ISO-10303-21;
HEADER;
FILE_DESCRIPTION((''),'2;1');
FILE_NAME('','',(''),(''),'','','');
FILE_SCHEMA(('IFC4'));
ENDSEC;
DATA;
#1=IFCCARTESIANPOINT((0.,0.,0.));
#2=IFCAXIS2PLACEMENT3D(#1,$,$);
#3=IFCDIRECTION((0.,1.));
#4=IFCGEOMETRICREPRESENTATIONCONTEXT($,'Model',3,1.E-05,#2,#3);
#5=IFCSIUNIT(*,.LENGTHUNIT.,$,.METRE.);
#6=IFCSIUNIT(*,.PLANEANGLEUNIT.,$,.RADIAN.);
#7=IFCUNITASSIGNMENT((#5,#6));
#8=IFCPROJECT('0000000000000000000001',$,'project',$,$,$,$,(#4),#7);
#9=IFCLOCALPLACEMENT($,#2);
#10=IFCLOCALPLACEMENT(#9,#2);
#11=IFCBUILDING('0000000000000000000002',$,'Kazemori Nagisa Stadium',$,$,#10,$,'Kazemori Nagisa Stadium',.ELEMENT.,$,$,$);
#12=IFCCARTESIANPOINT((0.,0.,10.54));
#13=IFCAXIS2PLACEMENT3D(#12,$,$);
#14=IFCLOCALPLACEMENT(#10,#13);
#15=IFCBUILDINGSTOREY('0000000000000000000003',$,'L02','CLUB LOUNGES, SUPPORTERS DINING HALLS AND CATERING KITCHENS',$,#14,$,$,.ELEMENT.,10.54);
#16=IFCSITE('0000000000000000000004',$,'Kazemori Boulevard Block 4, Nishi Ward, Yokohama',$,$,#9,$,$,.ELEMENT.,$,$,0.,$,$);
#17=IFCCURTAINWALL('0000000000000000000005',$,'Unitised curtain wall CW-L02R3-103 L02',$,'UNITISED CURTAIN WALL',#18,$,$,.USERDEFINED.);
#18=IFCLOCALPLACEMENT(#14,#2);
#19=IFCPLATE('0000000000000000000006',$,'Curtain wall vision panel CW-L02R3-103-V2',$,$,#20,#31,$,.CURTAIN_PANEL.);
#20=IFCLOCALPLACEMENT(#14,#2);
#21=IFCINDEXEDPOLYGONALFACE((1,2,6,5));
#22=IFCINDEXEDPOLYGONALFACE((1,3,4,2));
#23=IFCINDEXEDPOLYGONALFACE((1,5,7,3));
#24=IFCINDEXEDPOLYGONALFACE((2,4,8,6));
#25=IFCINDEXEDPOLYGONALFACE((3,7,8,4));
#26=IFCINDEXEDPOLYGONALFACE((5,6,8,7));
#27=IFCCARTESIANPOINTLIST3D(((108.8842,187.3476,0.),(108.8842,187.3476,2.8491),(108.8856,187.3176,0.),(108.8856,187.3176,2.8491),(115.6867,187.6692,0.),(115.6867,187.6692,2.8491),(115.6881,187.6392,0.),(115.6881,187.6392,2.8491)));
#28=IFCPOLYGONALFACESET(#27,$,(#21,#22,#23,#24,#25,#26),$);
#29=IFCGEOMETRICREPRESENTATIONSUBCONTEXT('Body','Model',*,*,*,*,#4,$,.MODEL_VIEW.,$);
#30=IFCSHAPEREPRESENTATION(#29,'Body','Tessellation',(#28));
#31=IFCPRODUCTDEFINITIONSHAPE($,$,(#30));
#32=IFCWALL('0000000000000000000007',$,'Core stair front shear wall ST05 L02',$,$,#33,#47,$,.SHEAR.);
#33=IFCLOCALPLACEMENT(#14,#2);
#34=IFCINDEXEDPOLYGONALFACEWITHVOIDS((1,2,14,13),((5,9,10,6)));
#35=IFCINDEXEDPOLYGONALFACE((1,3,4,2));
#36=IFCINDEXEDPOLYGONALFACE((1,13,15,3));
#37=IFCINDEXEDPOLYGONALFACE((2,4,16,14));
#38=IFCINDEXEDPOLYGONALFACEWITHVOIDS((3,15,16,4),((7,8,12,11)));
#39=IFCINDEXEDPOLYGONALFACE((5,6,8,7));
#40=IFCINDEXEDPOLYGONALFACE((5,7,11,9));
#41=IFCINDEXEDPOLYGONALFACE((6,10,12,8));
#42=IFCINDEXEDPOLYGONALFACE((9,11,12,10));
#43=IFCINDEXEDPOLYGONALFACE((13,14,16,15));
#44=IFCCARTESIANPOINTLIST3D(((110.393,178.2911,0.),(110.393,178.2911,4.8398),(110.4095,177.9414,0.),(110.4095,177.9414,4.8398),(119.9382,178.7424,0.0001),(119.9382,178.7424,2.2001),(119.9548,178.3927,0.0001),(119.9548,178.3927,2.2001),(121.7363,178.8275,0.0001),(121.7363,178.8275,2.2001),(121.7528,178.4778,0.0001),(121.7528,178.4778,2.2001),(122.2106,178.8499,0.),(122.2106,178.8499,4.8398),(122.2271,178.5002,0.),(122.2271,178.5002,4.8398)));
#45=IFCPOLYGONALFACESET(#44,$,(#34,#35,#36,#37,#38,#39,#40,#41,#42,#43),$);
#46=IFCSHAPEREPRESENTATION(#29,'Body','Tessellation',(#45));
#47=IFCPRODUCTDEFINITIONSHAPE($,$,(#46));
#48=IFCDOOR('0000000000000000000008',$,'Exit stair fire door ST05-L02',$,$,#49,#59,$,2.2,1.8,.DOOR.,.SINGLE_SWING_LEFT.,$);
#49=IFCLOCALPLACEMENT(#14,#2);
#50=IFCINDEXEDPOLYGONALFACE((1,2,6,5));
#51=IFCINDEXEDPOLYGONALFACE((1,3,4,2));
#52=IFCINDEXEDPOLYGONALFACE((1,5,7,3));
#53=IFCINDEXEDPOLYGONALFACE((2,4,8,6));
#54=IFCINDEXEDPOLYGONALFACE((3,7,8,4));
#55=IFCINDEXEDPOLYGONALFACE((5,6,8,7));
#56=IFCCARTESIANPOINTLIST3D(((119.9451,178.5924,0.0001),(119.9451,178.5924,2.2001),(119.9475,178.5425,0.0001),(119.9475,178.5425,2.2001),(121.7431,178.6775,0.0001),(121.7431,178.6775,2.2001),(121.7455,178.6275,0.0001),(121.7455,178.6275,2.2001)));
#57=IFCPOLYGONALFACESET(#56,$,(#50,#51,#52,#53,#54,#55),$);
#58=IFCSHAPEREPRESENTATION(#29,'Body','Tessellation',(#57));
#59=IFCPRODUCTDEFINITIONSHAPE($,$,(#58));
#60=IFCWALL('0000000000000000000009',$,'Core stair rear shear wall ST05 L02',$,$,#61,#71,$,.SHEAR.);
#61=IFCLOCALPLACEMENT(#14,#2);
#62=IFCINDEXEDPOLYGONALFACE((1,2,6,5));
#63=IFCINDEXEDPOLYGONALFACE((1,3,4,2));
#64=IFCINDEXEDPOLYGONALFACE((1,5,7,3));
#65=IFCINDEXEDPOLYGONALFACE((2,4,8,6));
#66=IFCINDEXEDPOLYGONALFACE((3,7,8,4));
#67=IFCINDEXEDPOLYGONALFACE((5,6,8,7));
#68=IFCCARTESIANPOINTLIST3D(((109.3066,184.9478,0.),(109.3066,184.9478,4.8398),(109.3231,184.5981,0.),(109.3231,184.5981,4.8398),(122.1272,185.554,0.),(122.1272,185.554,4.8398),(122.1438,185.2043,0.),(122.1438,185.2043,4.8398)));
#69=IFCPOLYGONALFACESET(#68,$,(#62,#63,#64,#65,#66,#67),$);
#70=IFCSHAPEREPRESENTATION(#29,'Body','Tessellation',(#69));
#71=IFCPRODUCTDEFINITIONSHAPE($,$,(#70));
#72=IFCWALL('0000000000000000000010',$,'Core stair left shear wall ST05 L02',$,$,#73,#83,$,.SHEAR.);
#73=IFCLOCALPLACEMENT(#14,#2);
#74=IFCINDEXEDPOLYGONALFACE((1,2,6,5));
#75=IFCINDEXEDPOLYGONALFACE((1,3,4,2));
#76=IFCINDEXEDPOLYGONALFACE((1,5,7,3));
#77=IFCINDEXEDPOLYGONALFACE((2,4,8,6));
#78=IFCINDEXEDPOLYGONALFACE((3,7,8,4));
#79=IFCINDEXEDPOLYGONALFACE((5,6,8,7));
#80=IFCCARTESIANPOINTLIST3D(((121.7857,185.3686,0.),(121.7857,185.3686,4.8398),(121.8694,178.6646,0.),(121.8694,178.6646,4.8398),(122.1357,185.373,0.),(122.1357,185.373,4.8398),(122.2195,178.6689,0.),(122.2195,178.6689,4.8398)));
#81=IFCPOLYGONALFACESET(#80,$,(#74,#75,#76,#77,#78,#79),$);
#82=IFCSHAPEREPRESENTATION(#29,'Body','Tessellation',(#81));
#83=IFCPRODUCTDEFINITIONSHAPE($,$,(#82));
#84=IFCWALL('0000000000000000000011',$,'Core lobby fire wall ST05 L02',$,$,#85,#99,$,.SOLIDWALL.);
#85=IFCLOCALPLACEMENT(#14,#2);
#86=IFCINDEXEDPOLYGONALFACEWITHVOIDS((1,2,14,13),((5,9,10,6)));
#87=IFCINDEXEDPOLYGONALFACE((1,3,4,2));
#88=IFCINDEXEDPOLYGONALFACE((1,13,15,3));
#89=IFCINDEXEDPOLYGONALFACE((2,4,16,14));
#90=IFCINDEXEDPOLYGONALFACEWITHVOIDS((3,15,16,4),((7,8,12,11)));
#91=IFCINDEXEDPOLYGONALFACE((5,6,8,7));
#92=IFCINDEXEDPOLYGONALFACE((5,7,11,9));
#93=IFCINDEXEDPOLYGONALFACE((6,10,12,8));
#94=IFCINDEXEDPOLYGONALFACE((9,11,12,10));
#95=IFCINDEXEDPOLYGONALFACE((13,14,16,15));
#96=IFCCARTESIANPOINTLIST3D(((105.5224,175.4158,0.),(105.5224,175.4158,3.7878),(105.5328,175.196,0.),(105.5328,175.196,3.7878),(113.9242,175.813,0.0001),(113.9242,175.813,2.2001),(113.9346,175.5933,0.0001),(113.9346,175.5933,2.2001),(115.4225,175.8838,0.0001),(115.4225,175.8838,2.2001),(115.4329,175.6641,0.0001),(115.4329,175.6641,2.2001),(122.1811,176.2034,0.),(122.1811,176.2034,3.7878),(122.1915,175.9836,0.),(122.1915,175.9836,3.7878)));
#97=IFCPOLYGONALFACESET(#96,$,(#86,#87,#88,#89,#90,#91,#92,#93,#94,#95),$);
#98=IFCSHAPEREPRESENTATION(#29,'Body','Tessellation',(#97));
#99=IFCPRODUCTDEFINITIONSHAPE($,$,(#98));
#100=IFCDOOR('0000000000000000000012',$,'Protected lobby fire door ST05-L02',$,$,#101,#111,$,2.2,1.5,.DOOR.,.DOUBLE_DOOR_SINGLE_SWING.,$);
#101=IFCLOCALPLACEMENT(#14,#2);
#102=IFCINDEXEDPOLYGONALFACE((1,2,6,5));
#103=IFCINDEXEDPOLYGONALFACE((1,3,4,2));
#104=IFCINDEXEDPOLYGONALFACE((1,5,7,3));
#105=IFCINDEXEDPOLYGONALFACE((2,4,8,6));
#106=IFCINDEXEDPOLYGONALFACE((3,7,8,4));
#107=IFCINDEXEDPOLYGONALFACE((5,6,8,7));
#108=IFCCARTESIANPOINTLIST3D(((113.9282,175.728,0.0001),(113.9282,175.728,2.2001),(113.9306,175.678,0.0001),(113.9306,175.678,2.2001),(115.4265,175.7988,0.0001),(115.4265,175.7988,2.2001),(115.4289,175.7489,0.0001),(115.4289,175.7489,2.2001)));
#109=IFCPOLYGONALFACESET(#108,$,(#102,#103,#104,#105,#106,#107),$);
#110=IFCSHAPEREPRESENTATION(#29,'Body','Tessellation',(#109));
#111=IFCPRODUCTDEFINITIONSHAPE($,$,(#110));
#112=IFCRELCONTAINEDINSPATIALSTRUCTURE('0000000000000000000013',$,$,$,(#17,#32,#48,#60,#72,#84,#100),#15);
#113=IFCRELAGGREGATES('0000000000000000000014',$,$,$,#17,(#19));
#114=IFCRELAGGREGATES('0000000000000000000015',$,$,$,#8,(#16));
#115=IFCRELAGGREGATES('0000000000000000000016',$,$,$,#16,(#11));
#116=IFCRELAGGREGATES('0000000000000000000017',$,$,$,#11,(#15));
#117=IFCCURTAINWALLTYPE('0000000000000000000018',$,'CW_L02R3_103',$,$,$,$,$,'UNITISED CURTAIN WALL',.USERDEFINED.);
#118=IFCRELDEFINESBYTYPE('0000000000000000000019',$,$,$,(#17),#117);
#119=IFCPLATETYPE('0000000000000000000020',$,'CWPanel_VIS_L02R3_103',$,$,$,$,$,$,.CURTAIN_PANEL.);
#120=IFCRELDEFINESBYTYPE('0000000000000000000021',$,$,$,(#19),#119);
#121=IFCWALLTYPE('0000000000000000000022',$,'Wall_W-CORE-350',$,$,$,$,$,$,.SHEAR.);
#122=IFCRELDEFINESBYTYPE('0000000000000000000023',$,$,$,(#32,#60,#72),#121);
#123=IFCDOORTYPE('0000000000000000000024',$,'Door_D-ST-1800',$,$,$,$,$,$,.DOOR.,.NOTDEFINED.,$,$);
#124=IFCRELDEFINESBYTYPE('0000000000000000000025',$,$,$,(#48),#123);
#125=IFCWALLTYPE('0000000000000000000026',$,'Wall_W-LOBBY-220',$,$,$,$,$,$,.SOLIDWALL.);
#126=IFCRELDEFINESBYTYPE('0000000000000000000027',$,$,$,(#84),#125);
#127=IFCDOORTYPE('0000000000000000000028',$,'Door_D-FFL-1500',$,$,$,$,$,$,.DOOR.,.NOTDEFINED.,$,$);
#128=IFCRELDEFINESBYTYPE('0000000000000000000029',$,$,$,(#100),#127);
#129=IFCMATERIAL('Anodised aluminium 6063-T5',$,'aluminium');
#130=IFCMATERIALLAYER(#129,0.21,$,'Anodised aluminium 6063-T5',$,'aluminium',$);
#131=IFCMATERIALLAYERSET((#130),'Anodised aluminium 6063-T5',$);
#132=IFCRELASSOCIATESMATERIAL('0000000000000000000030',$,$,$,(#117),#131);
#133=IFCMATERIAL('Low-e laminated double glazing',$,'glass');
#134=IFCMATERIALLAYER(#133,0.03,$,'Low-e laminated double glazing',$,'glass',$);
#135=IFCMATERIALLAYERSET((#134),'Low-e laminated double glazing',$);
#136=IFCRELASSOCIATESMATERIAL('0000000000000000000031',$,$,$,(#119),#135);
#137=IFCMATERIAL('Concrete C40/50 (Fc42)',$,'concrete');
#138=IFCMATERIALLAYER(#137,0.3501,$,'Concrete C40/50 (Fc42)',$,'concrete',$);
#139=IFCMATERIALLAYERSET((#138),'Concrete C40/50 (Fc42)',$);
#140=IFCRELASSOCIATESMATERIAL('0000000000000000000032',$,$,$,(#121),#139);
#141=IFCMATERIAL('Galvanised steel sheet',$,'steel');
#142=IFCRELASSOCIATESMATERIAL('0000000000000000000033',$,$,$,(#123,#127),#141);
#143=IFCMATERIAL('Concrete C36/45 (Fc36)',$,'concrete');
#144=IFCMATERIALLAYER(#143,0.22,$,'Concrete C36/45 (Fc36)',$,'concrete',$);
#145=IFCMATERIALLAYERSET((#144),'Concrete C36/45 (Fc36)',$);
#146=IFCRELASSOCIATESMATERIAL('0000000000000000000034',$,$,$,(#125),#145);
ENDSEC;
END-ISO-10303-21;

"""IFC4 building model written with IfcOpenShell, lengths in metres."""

from ifc_helpers import new_model, si_unit, direction, frame, frame_2d, origin, origin_2d, place, context, subcontext, project, spatial, rectangle, extrude, material, layer, layer_set, type_object, element, fill, aggregate, save


model = new_model("IFC4")

# Units and contexts
model_context = context("Model", 3, precision=1e-05, world=origin(), true_north=direction((0.0, 1.0)))
body_context = subcontext(model_context, "Body", "Model", "MODEL_VIEW")
ifc_project = project(units=[si_unit("LENGTHUNIT", "METRE"), si_unit("PLANEANGLEUNIT", "RADIAN")], contexts=[model_context])

# Site, building, storey
site_placement = place(None, origin())
site = spatial("IfcSite", under=ifc_project, at=site_placement, Name="Kazemori Boulevard Block 4, Nishi Ward, Yokohama", CompositionType="ELEMENT", RefElevation=0.0)
building_placement = place(site_placement, origin())
building = spatial("IfcBuilding", under=site, at=building_placement, Name="Kazemori Nagisa Stadium", LongName="Kazemori Nagisa Stadium", CompositionType="ELEMENT")
storey_placement = place(building_placement, frame((0.0, 0.0, 10.54)))
storey = spatial("IfcBuildingStorey", under=building, at=storey_placement, Name="L02", Description="CLUB LOUNGES, SUPPORTERS DINING HALLS AND CATERING KITCHENS", CompositionType="ELEMENT", Elevation=10.54)

# Shared definitions
ifc_material_1 = material(Name="Concrete C40/50 (Fc42)", Category="concrete")

# Curtain wall, plate
ifc_material_2 = material(Name="Anodised aluminium 6063-T5", Category="aluminium")
ifc_layer_1 = layer(ifc_material_2, 0.21, Name="Anodised aluminium 6063-T5", Category="aluminium")
ifc_layer_set_1 = layer_set([ifc_layer_1], Name="Anodised aluminium 6063-T5")
curtain_wall_type = type_object("IfcCurtainWallType", Name="CW_L02R3_103", ElementType="UNITISED CURTAIN WALL", PredefinedType="USERDEFINED", material=ifc_layer_set_1)
curtain_wall_placement = place(storey_placement, origin())
curtain_wall = element("IfcCurtainWall", 1, at=curtain_wall_placement, inside=storey, type_object=curtain_wall_type, Name="Unitised curtain wall CW-L02R3-103 L02", ObjectType="UNITISED CURTAIN WALL", PredefinedType="USERDEFINED")
ifc_material_3 = material(Name="Low-e laminated double glazing", Category="glass")
ifc_layer_2 = layer(ifc_material_3, 0.03, Name="Low-e laminated double glazing", Category="glass")
ifc_layer_set_2 = layer_set([ifc_layer_2], Name="Low-e laminated double glazing")
plate_type_1 = type_object("IfcPlateType", Name="CWPanel_VIS_L02R3_103", PredefinedType="CURTAIN_PANEL", material=ifc_layer_set_2)
plate_1_placement = place(storey_placement, frame((112.2861, 187.4934, 0.0), z_axis=(0.0, 0.0, 1.0), x_axis=(-0.998884, -0.04723, 0.0)))
plate_1 = element("IfcPlate", 2, at=plate_1_placement, type_object=plate_type_1, Name="Curtain wall vision panel CW-L02R3-103-V2", PredefinedType="CURTAIN_PANEL", context=body_context, shape_type="SweptSolid", body=[
    extrude(rectangle(XDim=6.8101, YDim=0.03, at=origin_2d()), origin(), (0.0, 0.0, 1.0), 2.8491),
])
aggregate(curtain_wall, [plate_1])

# Wall, opening, door
ifc_layer_3 = layer(ifc_material_1, 0.3501, Name="Concrete C40/50 (Fc42)", Category="concrete")
ifc_layer_set_3 = layer_set([ifc_layer_3], Name="Concrete C40/50 (Fc42)")
wall_type_1 = type_object("IfcWallType", Name="Wall_W-CORE-350", PredefinedType="SHEAR", material=ifc_layer_set_3)
wall_1_placement = place(storey_placement, frame((122.219, 178.675, 0.0), z_axis=(0.0, 0.0, 1.0), x_axis=(-0.998884, -0.047236, 0.0)))
wall_1 = element("IfcWall", 3, at=wall_1_placement, inside=storey, type_object=wall_type_1, Name="Core stair front shear wall ST05 L02", PredefinedType="SHEAR", context=body_context, shape_type="SweptSolid", body=[
    extrude(rectangle(XDim=11.8308, YDim=0.3501, at=frame_2d((5.9155, 0.0))), origin(), (0.0, 0.0, 1.0), 4.8398),
])
opening_1_placement = place(wall_1_placement, frame((0.4751, 0.0, 0.0)))
opening_1 = element("IfcOpeningElement", 4, at=opening_1_placement, cuts=wall_1, PredefinedType="OPENING", context=body_context, shape_type="SweptSolid", body=[
    extrude(rectangle(XDim=1.8, YDim=2.2, at=frame_2d((0.8999, 1.1001))), frame((0.0, 0.1851, 0.0), z_axis=(0.0, -1.0, 0.0), x_axis=(1.0, 0.0, 0.0)), (0.0, 0.0, 1.0), 0.3701),
])
ifc_material_4 = material(Name="Galvanised steel sheet", Category="steel")
door_type_1 = type_object("IfcDoorType", Name="Door_D-ST-1800", OperationType="NOTDEFINED", PredefinedType="DOOR", material=ifc_material_4)
door_1_placement = place(opening_1_placement, frame((1.8, 0.0, 0.0), z_axis=(0.0, 0.0, 1.0), x_axis=(-1.0, 0.0, 0.0)))
door_1 = element("IfcDoor", 5, at=door_1_placement, inside=storey, type_object=door_type_1, Name="Exit stair fire door ST05-L02", OperationType="SINGLE_SWING_LEFT", OverallHeight=2.2, OverallWidth=1.8, PredefinedType="DOOR", context=body_context, shape_type="SweptSolid", body=[
    extrude(rectangle(XDim=1.8, YDim=2.2, at=frame_2d((0.8999, 1.1001))), frame((0.0, 0.0249, 0.0), z_axis=(0.0, -1.0, 0.0), x_axis=(1.0, 0.0, 0.0)), (0.0, 0.0, 1.0), 0.05),
])
fill(opening_1, door_1)

# Walls
wall_2_placement = place(storey_placement, frame((122.1355, 185.3792, 0.0), z_axis=(0.0, 0.0, 1.0), x_axis=(-0.998884, -0.047231, 0.0)))
element("IfcWall", 6, at=wall_2_placement, inside=storey, type_object=wall_type_1, Name="Core stair rear shear wall ST05 L02", PredefinedType="SHEAR", context=body_context, shape_type="SweptSolid", body=[
    extrude(rectangle(XDim=12.835, YDim=0.3501, at=frame_2d((6.4175, 0.0))), origin(), (0.0, 0.0, 1.0), 4.8398),
])
wall_3_placement = place(storey_placement, frame((122.0444, 178.6667, 0.0), z_axis=(0.0, 0.0, 1.0), x_axis=(-0.01249, 0.999922, 0.0)))
element("IfcWall", 7, at=wall_3_placement, inside=storey, type_object=wall_type_1, Name="Core stair left shear wall ST05 L02", PredefinedType="SHEAR", context=body_context, shape_type="SweptSolid", body=[
    extrude(rectangle(XDim=6.7046, YDim=0.3501, at=frame_2d((3.3523, 0.0))), origin(), (0.0, 0.0, 1.0), 4.8398),
])

# Wall, opening, door
ifc_material_5 = material(Name="Concrete C36/45 (Fc36)", Category="concrete")
ifc_layer_4 = layer(ifc_material_5, 0.22, Name="Concrete C36/45 (Fc36)", Category="concrete")
ifc_layer_set_4 = layer_set([ifc_layer_4], Name="Concrete C36/45 (Fc36)")
wall_type_2 = type_object("IfcWallType", Name="Wall_W-LOBBY-220", PredefinedType="SOLIDWALL", material=ifc_layer_set_4)
wall_4_placement = place(storey_placement, frame((122.1863, 176.0935, 0.0), z_axis=(0.0, 0.0, 1.0), x_axis=(-0.998884, -0.047226, 0.0)))
wall_4 = element("IfcWall", 8, at=wall_4_placement, inside=storey, type_object=wall_type_2, Name="Core lobby fire wall ST05 L02", PredefinedType="SOLIDWALL", context=body_context, shape_type="SweptSolid", body=[
    extrude(rectangle(XDim=16.6772, YDim=0.22, at=frame_2d((8.3386, 0.0))), origin(), (0.0, 0.0, 1.0), 3.7878),
])
opening_2_placement = place(wall_4_placement, frame((6.7661, 0.0, 0.0)))
opening_2 = element("IfcOpeningElement", 9, at=opening_2_placement, cuts=wall_4, PredefinedType="OPENING", context=body_context, shape_type="SweptSolid", body=[
    extrude(rectangle(XDim=1.5, YDim=2.2, at=frame_2d((0.75, 1.1001))), frame((0.0, 0.1199, 0.0), z_axis=(0.0, -1.0, 0.0), x_axis=(1.0, 0.0, 0.0)), (0.0, 0.0, 1.0), 0.24),
])
door_type_2 = type_object("IfcDoorType", Name="Door_D-FFL-1500", OperationType="NOTDEFINED", PredefinedType="DOOR", material=ifc_material_4)
door_2_placement = place(opening_2_placement, frame((1.5, 0.0, 0.0), z_axis=(0.0, 0.0, 1.0), x_axis=(-1.0, 0.0, 0.0)))
door_2 = element("IfcDoor", 10, at=door_2_placement, inside=storey, type_object=door_type_2, Name="Protected lobby fire door ST05-L02", OperationType="DOUBLE_DOOR_SINGLE_SWING", OverallHeight=2.2, OverallWidth=1.5, PredefinedType="DOOR", context=body_context, shape_type="SweptSolid", body=[
    extrude(rectangle(XDim=1.5, YDim=2.2, at=frame_2d((0.75, 1.1001))), frame((0.0, 0.0249, 0.0), z_axis=(0.0, -1.0, 0.0), x_axis=(1.0, 0.0, 0.0)), (0.0, 0.0, 1.0), 0.05),
])
fill(opening_2, door_2)

save(model, "model.ifc")
